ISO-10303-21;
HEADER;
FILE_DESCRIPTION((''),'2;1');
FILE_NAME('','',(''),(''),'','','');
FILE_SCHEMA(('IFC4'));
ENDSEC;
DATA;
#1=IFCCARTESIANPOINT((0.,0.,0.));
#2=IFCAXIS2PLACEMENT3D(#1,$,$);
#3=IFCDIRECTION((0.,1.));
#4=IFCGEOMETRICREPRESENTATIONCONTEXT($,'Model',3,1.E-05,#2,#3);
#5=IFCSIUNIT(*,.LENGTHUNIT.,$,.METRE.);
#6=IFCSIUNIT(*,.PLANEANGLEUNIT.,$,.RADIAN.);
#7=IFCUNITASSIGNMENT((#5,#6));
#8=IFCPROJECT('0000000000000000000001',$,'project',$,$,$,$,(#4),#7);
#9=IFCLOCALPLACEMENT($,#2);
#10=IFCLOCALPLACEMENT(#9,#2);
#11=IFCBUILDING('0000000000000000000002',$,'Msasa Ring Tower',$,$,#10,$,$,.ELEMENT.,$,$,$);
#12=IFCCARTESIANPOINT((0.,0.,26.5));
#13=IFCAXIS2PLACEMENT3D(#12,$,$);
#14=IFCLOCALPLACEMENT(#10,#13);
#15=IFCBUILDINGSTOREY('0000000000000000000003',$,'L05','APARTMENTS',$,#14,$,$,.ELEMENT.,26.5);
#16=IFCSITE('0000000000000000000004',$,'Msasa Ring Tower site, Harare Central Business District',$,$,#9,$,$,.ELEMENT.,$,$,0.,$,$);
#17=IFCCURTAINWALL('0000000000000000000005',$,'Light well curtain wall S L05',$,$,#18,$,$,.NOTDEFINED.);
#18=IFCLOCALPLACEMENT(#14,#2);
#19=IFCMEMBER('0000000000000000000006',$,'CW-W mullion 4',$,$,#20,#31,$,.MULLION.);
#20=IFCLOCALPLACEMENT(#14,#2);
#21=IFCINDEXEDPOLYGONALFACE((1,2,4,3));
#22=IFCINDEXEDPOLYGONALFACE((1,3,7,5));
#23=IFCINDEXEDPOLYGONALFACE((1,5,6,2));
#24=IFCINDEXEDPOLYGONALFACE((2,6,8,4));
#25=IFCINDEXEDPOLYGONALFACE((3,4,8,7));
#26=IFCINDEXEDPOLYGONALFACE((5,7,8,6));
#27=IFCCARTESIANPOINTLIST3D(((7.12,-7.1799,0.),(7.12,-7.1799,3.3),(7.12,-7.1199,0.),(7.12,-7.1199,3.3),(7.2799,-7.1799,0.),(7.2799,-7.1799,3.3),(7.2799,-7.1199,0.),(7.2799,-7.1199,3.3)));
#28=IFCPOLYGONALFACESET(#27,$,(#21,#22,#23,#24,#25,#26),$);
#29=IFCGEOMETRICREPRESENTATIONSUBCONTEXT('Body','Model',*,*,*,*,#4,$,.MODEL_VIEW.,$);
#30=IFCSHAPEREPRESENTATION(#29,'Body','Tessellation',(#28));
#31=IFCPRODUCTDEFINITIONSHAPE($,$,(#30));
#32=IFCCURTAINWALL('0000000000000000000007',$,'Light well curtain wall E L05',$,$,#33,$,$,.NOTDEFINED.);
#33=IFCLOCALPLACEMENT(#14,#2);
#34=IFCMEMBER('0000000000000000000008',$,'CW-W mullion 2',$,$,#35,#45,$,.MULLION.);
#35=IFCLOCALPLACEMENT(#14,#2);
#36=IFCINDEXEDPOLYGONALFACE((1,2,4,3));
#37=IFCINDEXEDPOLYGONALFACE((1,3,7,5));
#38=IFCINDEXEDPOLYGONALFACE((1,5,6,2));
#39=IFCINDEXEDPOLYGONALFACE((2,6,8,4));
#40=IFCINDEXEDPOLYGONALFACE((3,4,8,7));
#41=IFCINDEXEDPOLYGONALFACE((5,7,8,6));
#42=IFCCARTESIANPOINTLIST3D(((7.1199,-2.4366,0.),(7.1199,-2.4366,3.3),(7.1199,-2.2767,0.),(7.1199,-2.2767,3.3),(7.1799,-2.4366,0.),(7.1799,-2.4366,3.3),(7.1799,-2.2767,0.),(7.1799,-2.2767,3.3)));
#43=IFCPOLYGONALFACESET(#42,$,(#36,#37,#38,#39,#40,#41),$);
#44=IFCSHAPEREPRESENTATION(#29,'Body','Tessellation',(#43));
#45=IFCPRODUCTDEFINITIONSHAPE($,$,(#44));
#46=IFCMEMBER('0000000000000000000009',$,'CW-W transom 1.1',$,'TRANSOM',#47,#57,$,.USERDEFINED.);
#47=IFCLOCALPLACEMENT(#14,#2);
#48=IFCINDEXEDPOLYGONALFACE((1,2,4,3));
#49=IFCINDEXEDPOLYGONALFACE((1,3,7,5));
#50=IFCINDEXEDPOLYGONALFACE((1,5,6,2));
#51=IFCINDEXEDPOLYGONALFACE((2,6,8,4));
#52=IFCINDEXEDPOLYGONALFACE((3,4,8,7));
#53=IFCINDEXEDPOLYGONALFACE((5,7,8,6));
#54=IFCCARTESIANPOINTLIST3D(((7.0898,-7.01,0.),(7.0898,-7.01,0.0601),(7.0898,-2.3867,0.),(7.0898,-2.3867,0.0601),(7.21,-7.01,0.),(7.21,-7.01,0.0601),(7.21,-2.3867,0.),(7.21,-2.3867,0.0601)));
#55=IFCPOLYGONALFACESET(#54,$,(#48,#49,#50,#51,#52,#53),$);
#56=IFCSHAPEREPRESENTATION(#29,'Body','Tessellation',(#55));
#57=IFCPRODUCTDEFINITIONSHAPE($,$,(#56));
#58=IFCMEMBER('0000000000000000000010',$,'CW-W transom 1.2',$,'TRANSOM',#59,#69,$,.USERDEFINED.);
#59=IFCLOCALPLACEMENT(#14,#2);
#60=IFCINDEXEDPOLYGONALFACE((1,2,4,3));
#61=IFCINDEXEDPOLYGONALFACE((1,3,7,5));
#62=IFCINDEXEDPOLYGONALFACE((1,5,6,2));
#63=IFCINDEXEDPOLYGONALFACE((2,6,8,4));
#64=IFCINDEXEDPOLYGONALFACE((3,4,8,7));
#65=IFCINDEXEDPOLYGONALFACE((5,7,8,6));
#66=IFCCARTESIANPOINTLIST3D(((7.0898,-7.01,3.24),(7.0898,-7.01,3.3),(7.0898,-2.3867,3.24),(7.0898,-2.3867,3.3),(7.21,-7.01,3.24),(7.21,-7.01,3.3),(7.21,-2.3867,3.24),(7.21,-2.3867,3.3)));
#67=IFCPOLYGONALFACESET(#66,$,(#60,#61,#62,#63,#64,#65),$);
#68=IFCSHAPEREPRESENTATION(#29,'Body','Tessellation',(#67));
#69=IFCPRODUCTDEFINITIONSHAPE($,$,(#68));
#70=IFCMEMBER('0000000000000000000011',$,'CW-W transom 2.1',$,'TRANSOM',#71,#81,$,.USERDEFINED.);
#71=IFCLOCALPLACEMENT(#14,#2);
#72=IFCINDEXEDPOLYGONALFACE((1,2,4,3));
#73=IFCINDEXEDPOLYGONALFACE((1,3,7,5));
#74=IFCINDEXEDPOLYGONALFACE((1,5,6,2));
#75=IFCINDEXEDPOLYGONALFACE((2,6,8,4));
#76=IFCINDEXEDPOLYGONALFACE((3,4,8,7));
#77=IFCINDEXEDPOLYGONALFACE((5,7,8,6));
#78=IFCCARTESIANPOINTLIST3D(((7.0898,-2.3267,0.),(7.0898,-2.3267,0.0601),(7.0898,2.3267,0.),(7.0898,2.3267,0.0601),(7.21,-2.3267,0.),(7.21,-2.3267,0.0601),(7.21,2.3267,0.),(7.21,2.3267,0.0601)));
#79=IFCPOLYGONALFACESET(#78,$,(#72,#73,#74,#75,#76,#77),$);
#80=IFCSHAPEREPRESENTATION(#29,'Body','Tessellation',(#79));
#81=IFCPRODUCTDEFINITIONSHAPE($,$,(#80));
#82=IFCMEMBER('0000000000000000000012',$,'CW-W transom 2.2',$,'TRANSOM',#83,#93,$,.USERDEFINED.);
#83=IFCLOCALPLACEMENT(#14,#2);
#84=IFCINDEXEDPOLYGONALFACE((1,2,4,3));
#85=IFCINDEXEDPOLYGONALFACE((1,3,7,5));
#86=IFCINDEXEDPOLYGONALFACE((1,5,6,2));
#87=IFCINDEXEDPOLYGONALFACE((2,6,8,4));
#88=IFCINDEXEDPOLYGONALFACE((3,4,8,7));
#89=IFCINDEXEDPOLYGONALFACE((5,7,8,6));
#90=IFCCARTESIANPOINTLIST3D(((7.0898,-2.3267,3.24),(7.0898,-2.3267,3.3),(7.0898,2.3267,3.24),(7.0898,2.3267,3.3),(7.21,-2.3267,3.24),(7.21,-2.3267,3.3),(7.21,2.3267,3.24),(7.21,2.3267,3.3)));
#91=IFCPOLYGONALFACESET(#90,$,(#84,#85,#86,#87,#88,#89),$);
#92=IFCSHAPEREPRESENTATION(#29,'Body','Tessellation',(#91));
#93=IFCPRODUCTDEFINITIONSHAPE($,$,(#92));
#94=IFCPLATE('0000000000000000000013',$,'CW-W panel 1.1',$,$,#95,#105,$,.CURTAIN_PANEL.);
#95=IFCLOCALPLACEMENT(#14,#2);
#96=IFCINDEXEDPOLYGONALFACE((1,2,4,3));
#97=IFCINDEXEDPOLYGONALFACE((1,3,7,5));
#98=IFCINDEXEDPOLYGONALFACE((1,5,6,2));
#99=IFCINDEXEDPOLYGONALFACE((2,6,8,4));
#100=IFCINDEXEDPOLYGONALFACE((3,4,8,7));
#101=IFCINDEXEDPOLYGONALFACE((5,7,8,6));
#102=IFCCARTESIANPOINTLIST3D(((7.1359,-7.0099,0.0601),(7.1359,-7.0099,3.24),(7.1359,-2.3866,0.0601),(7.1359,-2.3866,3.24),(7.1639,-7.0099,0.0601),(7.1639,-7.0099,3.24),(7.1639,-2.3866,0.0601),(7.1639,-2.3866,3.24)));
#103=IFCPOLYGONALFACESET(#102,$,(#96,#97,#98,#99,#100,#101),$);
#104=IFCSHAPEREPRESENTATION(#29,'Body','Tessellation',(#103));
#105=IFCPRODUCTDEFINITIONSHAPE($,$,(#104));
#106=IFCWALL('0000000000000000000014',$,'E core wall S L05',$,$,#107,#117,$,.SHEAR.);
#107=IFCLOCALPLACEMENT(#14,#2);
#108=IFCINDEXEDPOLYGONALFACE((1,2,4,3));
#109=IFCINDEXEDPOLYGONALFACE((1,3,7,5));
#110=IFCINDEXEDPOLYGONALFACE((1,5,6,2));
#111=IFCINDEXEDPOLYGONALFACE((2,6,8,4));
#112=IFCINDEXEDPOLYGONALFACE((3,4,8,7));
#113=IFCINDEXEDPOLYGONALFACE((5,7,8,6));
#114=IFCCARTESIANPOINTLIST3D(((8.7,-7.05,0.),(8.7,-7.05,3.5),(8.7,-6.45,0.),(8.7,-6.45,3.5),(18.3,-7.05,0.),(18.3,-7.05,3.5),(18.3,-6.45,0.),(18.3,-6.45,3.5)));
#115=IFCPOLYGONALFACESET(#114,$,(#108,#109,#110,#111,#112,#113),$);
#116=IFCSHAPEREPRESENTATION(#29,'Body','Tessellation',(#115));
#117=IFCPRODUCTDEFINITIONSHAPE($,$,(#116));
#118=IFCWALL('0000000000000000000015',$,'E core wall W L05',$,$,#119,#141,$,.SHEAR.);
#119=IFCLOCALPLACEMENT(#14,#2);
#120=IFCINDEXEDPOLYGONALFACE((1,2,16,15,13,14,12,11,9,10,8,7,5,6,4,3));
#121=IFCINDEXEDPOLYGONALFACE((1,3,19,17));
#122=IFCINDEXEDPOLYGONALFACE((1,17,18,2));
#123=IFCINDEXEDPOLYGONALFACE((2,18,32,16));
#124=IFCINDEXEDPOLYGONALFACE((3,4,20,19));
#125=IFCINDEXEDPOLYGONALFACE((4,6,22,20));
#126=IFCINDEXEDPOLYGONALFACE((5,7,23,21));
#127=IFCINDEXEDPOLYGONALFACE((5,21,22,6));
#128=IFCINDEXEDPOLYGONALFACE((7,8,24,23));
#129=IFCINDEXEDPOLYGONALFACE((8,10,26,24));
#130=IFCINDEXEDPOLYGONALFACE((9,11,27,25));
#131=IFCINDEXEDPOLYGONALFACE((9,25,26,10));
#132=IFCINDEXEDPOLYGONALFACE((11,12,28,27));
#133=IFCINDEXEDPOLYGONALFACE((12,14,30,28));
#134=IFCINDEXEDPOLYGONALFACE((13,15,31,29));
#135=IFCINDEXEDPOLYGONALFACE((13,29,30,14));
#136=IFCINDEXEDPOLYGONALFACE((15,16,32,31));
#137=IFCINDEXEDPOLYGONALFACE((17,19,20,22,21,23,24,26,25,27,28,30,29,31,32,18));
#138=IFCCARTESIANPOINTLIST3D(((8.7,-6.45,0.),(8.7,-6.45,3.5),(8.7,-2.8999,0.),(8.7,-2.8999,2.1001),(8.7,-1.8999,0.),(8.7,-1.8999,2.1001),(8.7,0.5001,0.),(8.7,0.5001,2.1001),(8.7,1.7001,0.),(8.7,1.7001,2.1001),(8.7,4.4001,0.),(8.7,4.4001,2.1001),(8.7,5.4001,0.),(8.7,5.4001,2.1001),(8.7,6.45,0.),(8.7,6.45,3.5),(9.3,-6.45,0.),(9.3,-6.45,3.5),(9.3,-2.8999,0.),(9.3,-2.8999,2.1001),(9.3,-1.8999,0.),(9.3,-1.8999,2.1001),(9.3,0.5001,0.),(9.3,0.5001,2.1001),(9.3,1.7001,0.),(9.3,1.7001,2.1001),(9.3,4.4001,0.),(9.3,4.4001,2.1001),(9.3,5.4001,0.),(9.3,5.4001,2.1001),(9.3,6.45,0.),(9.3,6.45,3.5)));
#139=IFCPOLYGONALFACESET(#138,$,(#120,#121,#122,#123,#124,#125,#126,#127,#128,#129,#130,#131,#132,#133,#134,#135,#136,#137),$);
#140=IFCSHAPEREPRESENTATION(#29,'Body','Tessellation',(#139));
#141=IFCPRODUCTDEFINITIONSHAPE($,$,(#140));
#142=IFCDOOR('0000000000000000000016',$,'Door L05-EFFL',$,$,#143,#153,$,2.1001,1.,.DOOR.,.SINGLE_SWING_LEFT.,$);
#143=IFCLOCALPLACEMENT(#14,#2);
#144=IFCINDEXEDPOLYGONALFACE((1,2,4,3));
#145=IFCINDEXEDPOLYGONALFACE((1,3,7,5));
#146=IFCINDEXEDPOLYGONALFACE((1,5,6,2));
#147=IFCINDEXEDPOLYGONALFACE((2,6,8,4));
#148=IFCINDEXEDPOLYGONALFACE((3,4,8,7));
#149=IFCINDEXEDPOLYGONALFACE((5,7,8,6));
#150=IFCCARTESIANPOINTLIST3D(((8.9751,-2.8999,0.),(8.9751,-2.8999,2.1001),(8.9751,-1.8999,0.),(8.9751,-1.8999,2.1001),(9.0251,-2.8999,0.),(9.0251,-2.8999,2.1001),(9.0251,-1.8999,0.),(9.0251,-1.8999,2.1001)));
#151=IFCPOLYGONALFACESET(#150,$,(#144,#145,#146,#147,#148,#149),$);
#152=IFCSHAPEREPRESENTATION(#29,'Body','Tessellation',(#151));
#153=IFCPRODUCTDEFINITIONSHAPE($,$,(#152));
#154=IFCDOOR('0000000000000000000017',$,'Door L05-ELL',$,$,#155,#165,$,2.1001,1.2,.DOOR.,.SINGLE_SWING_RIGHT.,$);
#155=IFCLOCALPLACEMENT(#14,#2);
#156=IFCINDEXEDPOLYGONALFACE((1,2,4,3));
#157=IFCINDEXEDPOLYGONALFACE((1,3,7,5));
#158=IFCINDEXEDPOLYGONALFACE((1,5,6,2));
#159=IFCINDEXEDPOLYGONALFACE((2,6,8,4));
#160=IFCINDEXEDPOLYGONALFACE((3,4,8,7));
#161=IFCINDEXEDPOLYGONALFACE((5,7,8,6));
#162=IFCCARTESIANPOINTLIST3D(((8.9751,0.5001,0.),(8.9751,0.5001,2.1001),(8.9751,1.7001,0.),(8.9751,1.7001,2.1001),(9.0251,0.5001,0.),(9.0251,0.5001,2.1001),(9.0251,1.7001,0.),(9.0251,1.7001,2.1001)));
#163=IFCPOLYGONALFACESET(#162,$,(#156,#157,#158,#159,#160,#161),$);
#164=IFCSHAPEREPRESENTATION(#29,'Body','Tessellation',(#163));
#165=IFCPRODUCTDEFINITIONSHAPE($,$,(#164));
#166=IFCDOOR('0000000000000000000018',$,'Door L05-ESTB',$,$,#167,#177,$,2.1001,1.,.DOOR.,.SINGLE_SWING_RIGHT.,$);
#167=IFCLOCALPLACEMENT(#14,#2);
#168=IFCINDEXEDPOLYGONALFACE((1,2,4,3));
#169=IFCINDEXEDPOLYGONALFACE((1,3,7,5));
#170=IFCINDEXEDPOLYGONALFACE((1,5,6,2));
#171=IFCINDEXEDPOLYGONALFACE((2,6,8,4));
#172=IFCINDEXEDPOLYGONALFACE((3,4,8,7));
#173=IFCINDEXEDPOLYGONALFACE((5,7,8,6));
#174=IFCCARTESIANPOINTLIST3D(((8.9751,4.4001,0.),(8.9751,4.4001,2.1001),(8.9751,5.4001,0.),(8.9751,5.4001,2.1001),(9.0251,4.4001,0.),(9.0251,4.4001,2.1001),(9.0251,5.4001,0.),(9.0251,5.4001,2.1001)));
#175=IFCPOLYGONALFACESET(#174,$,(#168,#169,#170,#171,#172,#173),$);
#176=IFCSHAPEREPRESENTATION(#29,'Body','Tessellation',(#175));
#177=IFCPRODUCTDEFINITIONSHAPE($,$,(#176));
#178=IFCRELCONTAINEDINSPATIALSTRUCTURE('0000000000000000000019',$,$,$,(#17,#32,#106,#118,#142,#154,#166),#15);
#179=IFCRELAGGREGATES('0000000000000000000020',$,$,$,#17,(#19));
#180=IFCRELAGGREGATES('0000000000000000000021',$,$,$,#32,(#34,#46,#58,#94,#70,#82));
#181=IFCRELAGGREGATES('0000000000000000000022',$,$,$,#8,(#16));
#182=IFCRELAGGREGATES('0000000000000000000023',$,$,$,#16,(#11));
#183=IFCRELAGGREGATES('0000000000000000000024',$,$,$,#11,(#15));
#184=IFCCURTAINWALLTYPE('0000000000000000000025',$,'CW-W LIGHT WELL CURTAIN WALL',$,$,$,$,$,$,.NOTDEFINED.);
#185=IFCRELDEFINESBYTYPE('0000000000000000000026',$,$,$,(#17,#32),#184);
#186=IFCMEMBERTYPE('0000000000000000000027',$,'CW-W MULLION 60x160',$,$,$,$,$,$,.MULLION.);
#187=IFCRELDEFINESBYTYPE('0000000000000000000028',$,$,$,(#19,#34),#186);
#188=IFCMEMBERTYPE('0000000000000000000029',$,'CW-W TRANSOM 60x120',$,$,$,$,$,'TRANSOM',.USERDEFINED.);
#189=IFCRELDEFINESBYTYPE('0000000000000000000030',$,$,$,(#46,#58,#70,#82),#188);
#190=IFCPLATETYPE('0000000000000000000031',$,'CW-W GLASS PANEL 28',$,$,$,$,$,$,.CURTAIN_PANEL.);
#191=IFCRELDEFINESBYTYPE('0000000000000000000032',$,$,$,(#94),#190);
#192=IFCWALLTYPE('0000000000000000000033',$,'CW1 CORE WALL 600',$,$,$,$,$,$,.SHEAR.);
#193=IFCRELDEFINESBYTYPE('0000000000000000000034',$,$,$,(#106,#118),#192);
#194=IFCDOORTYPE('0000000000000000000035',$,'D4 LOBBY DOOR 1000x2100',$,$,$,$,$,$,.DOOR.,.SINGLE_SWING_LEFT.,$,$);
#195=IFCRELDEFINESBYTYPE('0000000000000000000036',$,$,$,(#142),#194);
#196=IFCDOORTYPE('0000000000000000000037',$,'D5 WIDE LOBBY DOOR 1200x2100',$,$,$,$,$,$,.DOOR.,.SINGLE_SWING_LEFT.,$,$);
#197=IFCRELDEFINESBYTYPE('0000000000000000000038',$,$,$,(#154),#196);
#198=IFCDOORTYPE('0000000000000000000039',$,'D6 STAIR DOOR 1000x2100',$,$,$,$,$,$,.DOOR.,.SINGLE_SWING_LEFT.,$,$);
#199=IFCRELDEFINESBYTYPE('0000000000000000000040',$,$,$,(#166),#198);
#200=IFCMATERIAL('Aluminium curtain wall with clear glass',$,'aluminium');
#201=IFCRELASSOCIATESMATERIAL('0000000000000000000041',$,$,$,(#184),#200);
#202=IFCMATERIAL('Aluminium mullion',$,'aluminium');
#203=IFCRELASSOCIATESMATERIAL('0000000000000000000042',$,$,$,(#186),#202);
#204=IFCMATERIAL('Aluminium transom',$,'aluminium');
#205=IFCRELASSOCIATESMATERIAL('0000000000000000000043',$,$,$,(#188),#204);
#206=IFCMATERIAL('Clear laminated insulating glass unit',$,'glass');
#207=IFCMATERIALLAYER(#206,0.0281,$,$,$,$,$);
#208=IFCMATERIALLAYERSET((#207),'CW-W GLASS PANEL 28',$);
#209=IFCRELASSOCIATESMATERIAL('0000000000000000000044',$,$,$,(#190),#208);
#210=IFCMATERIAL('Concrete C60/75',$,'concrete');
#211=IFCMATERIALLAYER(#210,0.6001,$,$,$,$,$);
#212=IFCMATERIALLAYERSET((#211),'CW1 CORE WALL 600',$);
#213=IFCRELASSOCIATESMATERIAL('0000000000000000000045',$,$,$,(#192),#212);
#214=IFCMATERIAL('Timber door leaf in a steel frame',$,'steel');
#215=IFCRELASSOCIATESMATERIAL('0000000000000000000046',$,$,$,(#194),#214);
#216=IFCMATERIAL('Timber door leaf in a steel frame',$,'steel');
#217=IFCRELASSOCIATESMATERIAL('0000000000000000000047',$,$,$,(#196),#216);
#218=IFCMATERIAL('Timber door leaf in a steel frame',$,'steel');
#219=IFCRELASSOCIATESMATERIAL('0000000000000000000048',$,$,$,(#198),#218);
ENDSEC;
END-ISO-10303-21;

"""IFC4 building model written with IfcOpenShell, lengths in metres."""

from ifc_helpers import new_model, si_unit, direction, frame, frame_2d, origin, origin_2d, place, context, subcontext, project, spatial, rectangle, extrude, material, layer, layer_set, material_profile, profile_set, type_object, element, fill, aggregate, save


model = new_model("IFC4")

# Units and contexts
model_context = context("Model", 3, precision=1e-05, world=origin(), true_north=direction((0.0, 1.0)))
body_context = subcontext(model_context, "Body", "Model", "MODEL_VIEW")
ifc_project = project(units=[si_unit("LENGTHUNIT", "METRE"), si_unit("PLANEANGLEUNIT", "RADIAN")], contexts=[model_context])

# Site, building, storey
site_placement = place(None, origin())
site = spatial("IfcSite", under=ifc_project, at=site_placement, Name="Msasa Ring Tower site, Harare Central Business District", CompositionType="ELEMENT", RefElevation=0.0)
building_placement = place(site_placement, origin())
building = spatial("IfcBuilding", under=site, at=building_placement, Name="Msasa Ring Tower", CompositionType="ELEMENT")
storey_placement = place(building_placement, frame((0.0, 0.0, 26.5)))
storey = spatial("IfcBuildingStorey", under=building, at=storey_placement, Name="L05", Description="APARTMENTS", CompositionType="ELEMENT", Elevation=26.5)

# Curtain wall, member
ifc_material_1 = material(Name="Aluminium curtain wall with clear glass", Category="aluminium")
curtain_wall_type = type_object("IfcCurtainWallType", Name="CW-W LIGHT WELL CURTAIN WALL", PredefinedType="NOTDEFINED", material=ifc_material_1)
curtain_wall_1_placement = place(storey_placement, origin())
curtain_wall_1 = element("IfcCurtainWall", 1, at=curtain_wall_1_placement, inside=storey, type_object=curtain_wall_type, Name="Light well curtain wall S L05", PredefinedType="NOTDEFINED")
ifc_material_2 = material(Name="Aluminium mullion", Category="aluminium")
ifc_material_profile_1 = material_profile(ifc_material_2, rectangle(XDim=0.0601, YDim=0.1599, at=origin_2d()), Name="AL 60x160")
ifc_profile_set_1 = profile_set([ifc_material_profile_1], Name="Aluminium mullion")
member_type_1 = type_object("IfcMemberType", Name="CW-W MULLION 60x160", PredefinedType="MULLION", material=ifc_profile_set_1)
member_1_placement = place(storey_placement, frame((7.2, -7.1499, 0.0), z_axis=(0.0, 0.0, 1.0), x_axis=(0.0, 1.0, 0.0)))
member_1 = element("IfcMember", 2, at=member_1_placement, type_object=member_type_1, Name="CW-W mullion 4", PredefinedType="MULLION", context=body_context, shape_type="SweptSolid", body=[
    extrude(rectangle(XDim=0.0601, YDim=0.1599, at=origin_2d()), origin(), (0.0, 0.0, 1.0), 3.3),
])
aggregate(curtain_wall_1, [member_1])

# Curtain wall, members, plate
curtain_wall_2_placement = place(storey_placement, origin())
curtain_wall_2 = element("IfcCurtainWall", 3, at=curtain_wall_2_placement, inside=storey, type_object=curtain_wall_type, Name="Light well curtain wall E L05", PredefinedType="NOTDEFINED")
member_2_placement = place(storey_placement, frame((7.1499, -2.3567, 0.0), z_axis=(0.0, 0.0, 1.0), x_axis=(-1.0, 0.0, 0.0)))
member_2 = element("IfcMember", 4, at=member_2_placement, type_object=member_type_1, Name="CW-W mullion 2", PredefinedType="MULLION", context=body_context, shape_type="SweptSolid", body=[
    extrude(rectangle(XDim=0.0601, YDim=0.1599, at=origin_2d()), origin(), (0.0, 0.0, 1.0), 3.3),
])
ifc_material_3 = material(Name="Aluminium transom", Category="aluminium")
ifc_material_profile_2 = material_profile(ifc_material_3, rectangle(XDim=0.1201, YDim=0.0601, at=origin_2d()), Name="AL 60x120")
ifc_profile_set_2 = profile_set([ifc_material_profile_2], Name="Aluminium transom")
member_type_2 = type_object("IfcMemberType", Name="CW-W TRANSOM 60x120", ElementType="TRANSOM", PredefinedType="USERDEFINED", material=ifc_profile_set_2)
member_3_placement = place(storey_placement, frame((7.1499, -7.01, 0.03), z_axis=(0.0, 1.0, 0.0), x_axis=(-1.0, 0.0, 0.0)))
member_3 = element("IfcMember", 5, at=member_3_placement, type_object=member_type_2, Name="CW-W transom 1.1", ObjectType="TRANSOM", PredefinedType="USERDEFINED", context=body_context, shape_type="SweptSolid", body=[
    extrude(rectangle(XDim=0.1201, YDim=0.0601, at=origin_2d()), origin(), (0.0, 0.0, 1.0), 4.6233),
])
member_4_placement = place(storey_placement, frame((7.1499, -7.01, 3.27), z_axis=(0.0, 1.0, 0.0), x_axis=(-1.0, 0.0, 0.0)))
member_4 = element("IfcMember", 6, at=member_4_placement, type_object=member_type_2, Name="CW-W transom 1.2", ObjectType="TRANSOM", PredefinedType="USERDEFINED", context=body_context, shape_type="SweptSolid", body=[
    extrude(rectangle(XDim=0.1201, YDim=0.0601, at=origin_2d()), origin(), (0.0, 0.0, 1.0), 4.6233),
])
member_5_placement = place(storey_placement, frame((7.1499, -2.3267, 0.03), z_axis=(0.0, 1.0, 0.0), x_axis=(-1.0, 0.0, 0.0)))
member_5 = element("IfcMember", 7, at=member_5_placement, type_object=member_type_2, Name="CW-W transom 2.1", ObjectType="TRANSOM", PredefinedType="USERDEFINED", context=body_context, shape_type="SweptSolid", body=[
    extrude(rectangle(XDim=0.1201, YDim=0.0601, at=origin_2d()), origin(), (0.0, 0.0, 1.0), 4.6533),
])
member_6_placement = place(storey_placement, frame((7.1499, -2.3267, 3.27), z_axis=(0.0, 1.0, 0.0), x_axis=(-1.0, 0.0, 0.0)))
member_6 = element("IfcMember", 8, at=member_6_placement, type_object=member_type_2, Name="CW-W transom 2.2", ObjectType="TRANSOM", PredefinedType="USERDEFINED", context=body_context, shape_type="SweptSolid", body=[
    extrude(rectangle(XDim=0.1201, YDim=0.0601, at=origin_2d()), origin(), (0.0, 0.0, 1.0), 4.6533),
])
ifc_material_4 = material(Name="Clear laminated insulating glass unit", Category="glass")
ifc_layer_1 = layer(ifc_material_4, 0.0281)
ifc_layer_set_1 = layer_set([ifc_layer_1], Name="CW-W GLASS PANEL 28")
plate_type = type_object("IfcPlateType", Name="CW-W GLASS PANEL 28", PredefinedType="CURTAIN_PANEL", material=ifc_layer_set_1)
plate_placement = place(storey_placement, frame((7.1499, -4.6982, 0.0601), z_axis=(0.0, 0.0, 1.0), x_axis=(0.0, 1.0, 0.0)))
plate = element("IfcPlate", 9, at=plate_placement, type_object=plate_type, Name="CW-W panel 1.1", PredefinedType="CURTAIN_PANEL", context=body_context, shape_type="SweptSolid", body=[
    extrude(rectangle(XDim=4.6233, YDim=0.0281, at=origin_2d()), origin(), (0.0, 0.0, 1.0), 3.1799),
])
aggregate(curtain_wall_2, [member_2, member_3, member_4, plate, member_5, member_6])

# Wall
ifc_material_5 = material(Name="Concrete C60/75", Category="concrete")
ifc_layer_2 = layer(ifc_material_5, 0.6001)
ifc_layer_set_2 = layer_set([ifc_layer_2], Name="CW1 CORE WALL 600")
wall_type_1 = type_object("IfcWallType", Name="CW1 CORE WALL 600", PredefinedType="SHEAR", material=ifc_layer_set_2)
wall_1_placement = place(storey_placement, frame((8.7, -6.75, 0.0), z_axis=(0.0, 0.0, 1.0), x_axis=(1.0, 0.0, 0.0)))
element("IfcWall", 10, at=wall_1_placement, inside=storey, type_object=wall_type_1, Name="E core wall S L05", PredefinedType="SHEAR", context=body_context, shape_type="SweptSolid", body=[
    extrude(rectangle(XDim=9.6001, YDim=0.6001, at=frame_2d((4.8, 0.0))), origin(), (0.0, 0.0, 1.0), 3.5),
])

# Wall, openings, doors
wall_2_placement = place(storey_placement, frame((9.0, -6.45, 0.0), z_axis=(0.0, 0.0, 1.0), x_axis=(0.0, 1.0, 0.0)))
wall_2 = element("IfcWall", 11, at=wall_2_placement, inside=storey, type_object=wall_type_1, Name="E core wall W L05", PredefinedType="SHEAR", context=body_context, shape_type="SweptSolid", body=[
    extrude(rectangle(XDim=12.8999, YDim=0.6001, at=frame_2d((6.45, 0.0))), origin(), (0.0, 0.0, 1.0), 3.5),
])
opening_1_placement = place(wall_2_placement, frame((3.55, 0.0, 0.0)))
opening_1 = element("IfcOpeningElement", 12, at=opening_1_placement, cuts=wall_2, PredefinedType="OPENING", context=body_context, shape_type="SweptSolid", body=[
    extrude(rectangle(XDim=1.0, YDim=2.1001, at=frame_2d((0.5, 1.05))), frame((0.0, 0.3101, 0.0), z_axis=(0.0, -1.0, 0.0), x_axis=(1.0, 0.0, 0.0)), (0.0, 0.0, 1.0), 0.6201),
])
opening_2_placement = place(wall_2_placement, frame((6.95, 0.0, 0.0)))
opening_2 = element("IfcOpeningElement", 13, at=opening_2_placement, cuts=wall_2, PredefinedType="OPENING", context=body_context, shape_type="SweptSolid", body=[
    extrude(rectangle(XDim=1.2, YDim=2.1001, at=frame_2d((0.6001, 1.05))), frame((0.0, 0.3101, 0.0), z_axis=(0.0, -1.0, 0.0), x_axis=(1.0, 0.0, 0.0)), (0.0, 0.0, 1.0), 0.6201),
])
opening_3_placement = place(wall_2_placement, frame((10.8501, 0.0, 0.0)))
opening_3 = element("IfcOpeningElement", 14, at=opening_3_placement, cuts=wall_2, PredefinedType="OPENING", context=body_context, shape_type="SweptSolid", body=[
    extrude(rectangle(XDim=1.0, YDim=2.1001, at=frame_2d((0.5, 1.05))), frame((0.0, 0.3101, 0.0), z_axis=(0.0, -1.0, 0.0), x_axis=(1.0, 0.0, 0.0)), (0.0, 0.0, 1.0), 0.6201),
])
ifc_material_6 = material(Name="Timber door leaf in a steel frame", Category="steel")
door_type_1 = type_object("IfcDoorType", Name="D4 LOBBY DOOR 1000x2100", OperationType="SINGLE_SWING_LEFT", PredefinedType="DOOR", material=ifc_material_6)
door_1_placement = place(opening_1_placement, origin())
door_1 = element("IfcDoor", 15, at=door_1_placement, inside=storey, type_object=door_type_1, Name="Door L05-EFFL", OperationType="SINGLE_SWING_LEFT", OverallHeight=2.1001, OverallWidth=1.0, PredefinedType="DOOR", context=body_context, shape_type="SweptSolid", body=[
    extrude(rectangle(XDim=1.0, YDim=2.1001, at=frame_2d((0.5, 1.05))), frame((0.0, 0.0249, 0.0), z_axis=(0.0, -1.0, 0.0), x_axis=(1.0, 0.0, 0.0)), (0.0, 0.0, 1.0), 0.05),
])
fill(opening_1, door_1)
ifc_material_7 = material(Name="Timber door leaf in a steel frame", Category="steel")
door_type_2 = type_object("IfcDoorType", Name="D5 WIDE LOBBY DOOR 1200x2100", OperationType="SINGLE_SWING_LEFT", PredefinedType="DOOR", material=ifc_material_7)
door_2_placement = place(opening_2_placement, origin())
door_2 = element("IfcDoor", 16, at=door_2_placement, inside=storey, type_object=door_type_2, Name="Door L05-ELL", OperationType="SINGLE_SWING_RIGHT", OverallHeight=2.1001, OverallWidth=1.2, PredefinedType="DOOR", context=body_context, shape_type="SweptSolid", body=[
    extrude(rectangle(XDim=1.2, YDim=2.1001, at=frame_2d((0.6001, 1.05))), frame((0.0, 0.0249, 0.0), z_axis=(0.0, -1.0, 0.0), x_axis=(1.0, 0.0, 0.0)), (0.0, 0.0, 1.0), 0.05),
])
fill(opening_2, door_2)
ifc_material_8 = material(Name="Timber door leaf in a steel frame", Category="steel")
door_type_3 = type_object("IfcDoorType", Name="D6 STAIR DOOR 1000x2100", OperationType="SINGLE_SWING_LEFT", PredefinedType="DOOR", material=ifc_material_8)
door_3_placement = place(opening_3_placement, origin())
door_3 = element("IfcDoor", 17, at=door_3_placement, inside=storey, type_object=door_type_3, Name="Door L05-ESTB", OperationType="SINGLE_SWING_RIGHT", OverallHeight=2.1001, OverallWidth=1.0, PredefinedType="DOOR", context=body_context, shape_type="SweptSolid", body=[
    extrude(rectangle(XDim=1.0, YDim=2.1001, at=frame_2d((0.5, 1.05))), frame((0.0, 0.0249, 0.0), z_axis=(0.0, -1.0, 0.0), x_axis=(1.0, 0.0, 0.0)), (0.0, 0.0, 1.0), 0.05),
])
fill(opening_3, door_3)

save(model, "model.ifc")
